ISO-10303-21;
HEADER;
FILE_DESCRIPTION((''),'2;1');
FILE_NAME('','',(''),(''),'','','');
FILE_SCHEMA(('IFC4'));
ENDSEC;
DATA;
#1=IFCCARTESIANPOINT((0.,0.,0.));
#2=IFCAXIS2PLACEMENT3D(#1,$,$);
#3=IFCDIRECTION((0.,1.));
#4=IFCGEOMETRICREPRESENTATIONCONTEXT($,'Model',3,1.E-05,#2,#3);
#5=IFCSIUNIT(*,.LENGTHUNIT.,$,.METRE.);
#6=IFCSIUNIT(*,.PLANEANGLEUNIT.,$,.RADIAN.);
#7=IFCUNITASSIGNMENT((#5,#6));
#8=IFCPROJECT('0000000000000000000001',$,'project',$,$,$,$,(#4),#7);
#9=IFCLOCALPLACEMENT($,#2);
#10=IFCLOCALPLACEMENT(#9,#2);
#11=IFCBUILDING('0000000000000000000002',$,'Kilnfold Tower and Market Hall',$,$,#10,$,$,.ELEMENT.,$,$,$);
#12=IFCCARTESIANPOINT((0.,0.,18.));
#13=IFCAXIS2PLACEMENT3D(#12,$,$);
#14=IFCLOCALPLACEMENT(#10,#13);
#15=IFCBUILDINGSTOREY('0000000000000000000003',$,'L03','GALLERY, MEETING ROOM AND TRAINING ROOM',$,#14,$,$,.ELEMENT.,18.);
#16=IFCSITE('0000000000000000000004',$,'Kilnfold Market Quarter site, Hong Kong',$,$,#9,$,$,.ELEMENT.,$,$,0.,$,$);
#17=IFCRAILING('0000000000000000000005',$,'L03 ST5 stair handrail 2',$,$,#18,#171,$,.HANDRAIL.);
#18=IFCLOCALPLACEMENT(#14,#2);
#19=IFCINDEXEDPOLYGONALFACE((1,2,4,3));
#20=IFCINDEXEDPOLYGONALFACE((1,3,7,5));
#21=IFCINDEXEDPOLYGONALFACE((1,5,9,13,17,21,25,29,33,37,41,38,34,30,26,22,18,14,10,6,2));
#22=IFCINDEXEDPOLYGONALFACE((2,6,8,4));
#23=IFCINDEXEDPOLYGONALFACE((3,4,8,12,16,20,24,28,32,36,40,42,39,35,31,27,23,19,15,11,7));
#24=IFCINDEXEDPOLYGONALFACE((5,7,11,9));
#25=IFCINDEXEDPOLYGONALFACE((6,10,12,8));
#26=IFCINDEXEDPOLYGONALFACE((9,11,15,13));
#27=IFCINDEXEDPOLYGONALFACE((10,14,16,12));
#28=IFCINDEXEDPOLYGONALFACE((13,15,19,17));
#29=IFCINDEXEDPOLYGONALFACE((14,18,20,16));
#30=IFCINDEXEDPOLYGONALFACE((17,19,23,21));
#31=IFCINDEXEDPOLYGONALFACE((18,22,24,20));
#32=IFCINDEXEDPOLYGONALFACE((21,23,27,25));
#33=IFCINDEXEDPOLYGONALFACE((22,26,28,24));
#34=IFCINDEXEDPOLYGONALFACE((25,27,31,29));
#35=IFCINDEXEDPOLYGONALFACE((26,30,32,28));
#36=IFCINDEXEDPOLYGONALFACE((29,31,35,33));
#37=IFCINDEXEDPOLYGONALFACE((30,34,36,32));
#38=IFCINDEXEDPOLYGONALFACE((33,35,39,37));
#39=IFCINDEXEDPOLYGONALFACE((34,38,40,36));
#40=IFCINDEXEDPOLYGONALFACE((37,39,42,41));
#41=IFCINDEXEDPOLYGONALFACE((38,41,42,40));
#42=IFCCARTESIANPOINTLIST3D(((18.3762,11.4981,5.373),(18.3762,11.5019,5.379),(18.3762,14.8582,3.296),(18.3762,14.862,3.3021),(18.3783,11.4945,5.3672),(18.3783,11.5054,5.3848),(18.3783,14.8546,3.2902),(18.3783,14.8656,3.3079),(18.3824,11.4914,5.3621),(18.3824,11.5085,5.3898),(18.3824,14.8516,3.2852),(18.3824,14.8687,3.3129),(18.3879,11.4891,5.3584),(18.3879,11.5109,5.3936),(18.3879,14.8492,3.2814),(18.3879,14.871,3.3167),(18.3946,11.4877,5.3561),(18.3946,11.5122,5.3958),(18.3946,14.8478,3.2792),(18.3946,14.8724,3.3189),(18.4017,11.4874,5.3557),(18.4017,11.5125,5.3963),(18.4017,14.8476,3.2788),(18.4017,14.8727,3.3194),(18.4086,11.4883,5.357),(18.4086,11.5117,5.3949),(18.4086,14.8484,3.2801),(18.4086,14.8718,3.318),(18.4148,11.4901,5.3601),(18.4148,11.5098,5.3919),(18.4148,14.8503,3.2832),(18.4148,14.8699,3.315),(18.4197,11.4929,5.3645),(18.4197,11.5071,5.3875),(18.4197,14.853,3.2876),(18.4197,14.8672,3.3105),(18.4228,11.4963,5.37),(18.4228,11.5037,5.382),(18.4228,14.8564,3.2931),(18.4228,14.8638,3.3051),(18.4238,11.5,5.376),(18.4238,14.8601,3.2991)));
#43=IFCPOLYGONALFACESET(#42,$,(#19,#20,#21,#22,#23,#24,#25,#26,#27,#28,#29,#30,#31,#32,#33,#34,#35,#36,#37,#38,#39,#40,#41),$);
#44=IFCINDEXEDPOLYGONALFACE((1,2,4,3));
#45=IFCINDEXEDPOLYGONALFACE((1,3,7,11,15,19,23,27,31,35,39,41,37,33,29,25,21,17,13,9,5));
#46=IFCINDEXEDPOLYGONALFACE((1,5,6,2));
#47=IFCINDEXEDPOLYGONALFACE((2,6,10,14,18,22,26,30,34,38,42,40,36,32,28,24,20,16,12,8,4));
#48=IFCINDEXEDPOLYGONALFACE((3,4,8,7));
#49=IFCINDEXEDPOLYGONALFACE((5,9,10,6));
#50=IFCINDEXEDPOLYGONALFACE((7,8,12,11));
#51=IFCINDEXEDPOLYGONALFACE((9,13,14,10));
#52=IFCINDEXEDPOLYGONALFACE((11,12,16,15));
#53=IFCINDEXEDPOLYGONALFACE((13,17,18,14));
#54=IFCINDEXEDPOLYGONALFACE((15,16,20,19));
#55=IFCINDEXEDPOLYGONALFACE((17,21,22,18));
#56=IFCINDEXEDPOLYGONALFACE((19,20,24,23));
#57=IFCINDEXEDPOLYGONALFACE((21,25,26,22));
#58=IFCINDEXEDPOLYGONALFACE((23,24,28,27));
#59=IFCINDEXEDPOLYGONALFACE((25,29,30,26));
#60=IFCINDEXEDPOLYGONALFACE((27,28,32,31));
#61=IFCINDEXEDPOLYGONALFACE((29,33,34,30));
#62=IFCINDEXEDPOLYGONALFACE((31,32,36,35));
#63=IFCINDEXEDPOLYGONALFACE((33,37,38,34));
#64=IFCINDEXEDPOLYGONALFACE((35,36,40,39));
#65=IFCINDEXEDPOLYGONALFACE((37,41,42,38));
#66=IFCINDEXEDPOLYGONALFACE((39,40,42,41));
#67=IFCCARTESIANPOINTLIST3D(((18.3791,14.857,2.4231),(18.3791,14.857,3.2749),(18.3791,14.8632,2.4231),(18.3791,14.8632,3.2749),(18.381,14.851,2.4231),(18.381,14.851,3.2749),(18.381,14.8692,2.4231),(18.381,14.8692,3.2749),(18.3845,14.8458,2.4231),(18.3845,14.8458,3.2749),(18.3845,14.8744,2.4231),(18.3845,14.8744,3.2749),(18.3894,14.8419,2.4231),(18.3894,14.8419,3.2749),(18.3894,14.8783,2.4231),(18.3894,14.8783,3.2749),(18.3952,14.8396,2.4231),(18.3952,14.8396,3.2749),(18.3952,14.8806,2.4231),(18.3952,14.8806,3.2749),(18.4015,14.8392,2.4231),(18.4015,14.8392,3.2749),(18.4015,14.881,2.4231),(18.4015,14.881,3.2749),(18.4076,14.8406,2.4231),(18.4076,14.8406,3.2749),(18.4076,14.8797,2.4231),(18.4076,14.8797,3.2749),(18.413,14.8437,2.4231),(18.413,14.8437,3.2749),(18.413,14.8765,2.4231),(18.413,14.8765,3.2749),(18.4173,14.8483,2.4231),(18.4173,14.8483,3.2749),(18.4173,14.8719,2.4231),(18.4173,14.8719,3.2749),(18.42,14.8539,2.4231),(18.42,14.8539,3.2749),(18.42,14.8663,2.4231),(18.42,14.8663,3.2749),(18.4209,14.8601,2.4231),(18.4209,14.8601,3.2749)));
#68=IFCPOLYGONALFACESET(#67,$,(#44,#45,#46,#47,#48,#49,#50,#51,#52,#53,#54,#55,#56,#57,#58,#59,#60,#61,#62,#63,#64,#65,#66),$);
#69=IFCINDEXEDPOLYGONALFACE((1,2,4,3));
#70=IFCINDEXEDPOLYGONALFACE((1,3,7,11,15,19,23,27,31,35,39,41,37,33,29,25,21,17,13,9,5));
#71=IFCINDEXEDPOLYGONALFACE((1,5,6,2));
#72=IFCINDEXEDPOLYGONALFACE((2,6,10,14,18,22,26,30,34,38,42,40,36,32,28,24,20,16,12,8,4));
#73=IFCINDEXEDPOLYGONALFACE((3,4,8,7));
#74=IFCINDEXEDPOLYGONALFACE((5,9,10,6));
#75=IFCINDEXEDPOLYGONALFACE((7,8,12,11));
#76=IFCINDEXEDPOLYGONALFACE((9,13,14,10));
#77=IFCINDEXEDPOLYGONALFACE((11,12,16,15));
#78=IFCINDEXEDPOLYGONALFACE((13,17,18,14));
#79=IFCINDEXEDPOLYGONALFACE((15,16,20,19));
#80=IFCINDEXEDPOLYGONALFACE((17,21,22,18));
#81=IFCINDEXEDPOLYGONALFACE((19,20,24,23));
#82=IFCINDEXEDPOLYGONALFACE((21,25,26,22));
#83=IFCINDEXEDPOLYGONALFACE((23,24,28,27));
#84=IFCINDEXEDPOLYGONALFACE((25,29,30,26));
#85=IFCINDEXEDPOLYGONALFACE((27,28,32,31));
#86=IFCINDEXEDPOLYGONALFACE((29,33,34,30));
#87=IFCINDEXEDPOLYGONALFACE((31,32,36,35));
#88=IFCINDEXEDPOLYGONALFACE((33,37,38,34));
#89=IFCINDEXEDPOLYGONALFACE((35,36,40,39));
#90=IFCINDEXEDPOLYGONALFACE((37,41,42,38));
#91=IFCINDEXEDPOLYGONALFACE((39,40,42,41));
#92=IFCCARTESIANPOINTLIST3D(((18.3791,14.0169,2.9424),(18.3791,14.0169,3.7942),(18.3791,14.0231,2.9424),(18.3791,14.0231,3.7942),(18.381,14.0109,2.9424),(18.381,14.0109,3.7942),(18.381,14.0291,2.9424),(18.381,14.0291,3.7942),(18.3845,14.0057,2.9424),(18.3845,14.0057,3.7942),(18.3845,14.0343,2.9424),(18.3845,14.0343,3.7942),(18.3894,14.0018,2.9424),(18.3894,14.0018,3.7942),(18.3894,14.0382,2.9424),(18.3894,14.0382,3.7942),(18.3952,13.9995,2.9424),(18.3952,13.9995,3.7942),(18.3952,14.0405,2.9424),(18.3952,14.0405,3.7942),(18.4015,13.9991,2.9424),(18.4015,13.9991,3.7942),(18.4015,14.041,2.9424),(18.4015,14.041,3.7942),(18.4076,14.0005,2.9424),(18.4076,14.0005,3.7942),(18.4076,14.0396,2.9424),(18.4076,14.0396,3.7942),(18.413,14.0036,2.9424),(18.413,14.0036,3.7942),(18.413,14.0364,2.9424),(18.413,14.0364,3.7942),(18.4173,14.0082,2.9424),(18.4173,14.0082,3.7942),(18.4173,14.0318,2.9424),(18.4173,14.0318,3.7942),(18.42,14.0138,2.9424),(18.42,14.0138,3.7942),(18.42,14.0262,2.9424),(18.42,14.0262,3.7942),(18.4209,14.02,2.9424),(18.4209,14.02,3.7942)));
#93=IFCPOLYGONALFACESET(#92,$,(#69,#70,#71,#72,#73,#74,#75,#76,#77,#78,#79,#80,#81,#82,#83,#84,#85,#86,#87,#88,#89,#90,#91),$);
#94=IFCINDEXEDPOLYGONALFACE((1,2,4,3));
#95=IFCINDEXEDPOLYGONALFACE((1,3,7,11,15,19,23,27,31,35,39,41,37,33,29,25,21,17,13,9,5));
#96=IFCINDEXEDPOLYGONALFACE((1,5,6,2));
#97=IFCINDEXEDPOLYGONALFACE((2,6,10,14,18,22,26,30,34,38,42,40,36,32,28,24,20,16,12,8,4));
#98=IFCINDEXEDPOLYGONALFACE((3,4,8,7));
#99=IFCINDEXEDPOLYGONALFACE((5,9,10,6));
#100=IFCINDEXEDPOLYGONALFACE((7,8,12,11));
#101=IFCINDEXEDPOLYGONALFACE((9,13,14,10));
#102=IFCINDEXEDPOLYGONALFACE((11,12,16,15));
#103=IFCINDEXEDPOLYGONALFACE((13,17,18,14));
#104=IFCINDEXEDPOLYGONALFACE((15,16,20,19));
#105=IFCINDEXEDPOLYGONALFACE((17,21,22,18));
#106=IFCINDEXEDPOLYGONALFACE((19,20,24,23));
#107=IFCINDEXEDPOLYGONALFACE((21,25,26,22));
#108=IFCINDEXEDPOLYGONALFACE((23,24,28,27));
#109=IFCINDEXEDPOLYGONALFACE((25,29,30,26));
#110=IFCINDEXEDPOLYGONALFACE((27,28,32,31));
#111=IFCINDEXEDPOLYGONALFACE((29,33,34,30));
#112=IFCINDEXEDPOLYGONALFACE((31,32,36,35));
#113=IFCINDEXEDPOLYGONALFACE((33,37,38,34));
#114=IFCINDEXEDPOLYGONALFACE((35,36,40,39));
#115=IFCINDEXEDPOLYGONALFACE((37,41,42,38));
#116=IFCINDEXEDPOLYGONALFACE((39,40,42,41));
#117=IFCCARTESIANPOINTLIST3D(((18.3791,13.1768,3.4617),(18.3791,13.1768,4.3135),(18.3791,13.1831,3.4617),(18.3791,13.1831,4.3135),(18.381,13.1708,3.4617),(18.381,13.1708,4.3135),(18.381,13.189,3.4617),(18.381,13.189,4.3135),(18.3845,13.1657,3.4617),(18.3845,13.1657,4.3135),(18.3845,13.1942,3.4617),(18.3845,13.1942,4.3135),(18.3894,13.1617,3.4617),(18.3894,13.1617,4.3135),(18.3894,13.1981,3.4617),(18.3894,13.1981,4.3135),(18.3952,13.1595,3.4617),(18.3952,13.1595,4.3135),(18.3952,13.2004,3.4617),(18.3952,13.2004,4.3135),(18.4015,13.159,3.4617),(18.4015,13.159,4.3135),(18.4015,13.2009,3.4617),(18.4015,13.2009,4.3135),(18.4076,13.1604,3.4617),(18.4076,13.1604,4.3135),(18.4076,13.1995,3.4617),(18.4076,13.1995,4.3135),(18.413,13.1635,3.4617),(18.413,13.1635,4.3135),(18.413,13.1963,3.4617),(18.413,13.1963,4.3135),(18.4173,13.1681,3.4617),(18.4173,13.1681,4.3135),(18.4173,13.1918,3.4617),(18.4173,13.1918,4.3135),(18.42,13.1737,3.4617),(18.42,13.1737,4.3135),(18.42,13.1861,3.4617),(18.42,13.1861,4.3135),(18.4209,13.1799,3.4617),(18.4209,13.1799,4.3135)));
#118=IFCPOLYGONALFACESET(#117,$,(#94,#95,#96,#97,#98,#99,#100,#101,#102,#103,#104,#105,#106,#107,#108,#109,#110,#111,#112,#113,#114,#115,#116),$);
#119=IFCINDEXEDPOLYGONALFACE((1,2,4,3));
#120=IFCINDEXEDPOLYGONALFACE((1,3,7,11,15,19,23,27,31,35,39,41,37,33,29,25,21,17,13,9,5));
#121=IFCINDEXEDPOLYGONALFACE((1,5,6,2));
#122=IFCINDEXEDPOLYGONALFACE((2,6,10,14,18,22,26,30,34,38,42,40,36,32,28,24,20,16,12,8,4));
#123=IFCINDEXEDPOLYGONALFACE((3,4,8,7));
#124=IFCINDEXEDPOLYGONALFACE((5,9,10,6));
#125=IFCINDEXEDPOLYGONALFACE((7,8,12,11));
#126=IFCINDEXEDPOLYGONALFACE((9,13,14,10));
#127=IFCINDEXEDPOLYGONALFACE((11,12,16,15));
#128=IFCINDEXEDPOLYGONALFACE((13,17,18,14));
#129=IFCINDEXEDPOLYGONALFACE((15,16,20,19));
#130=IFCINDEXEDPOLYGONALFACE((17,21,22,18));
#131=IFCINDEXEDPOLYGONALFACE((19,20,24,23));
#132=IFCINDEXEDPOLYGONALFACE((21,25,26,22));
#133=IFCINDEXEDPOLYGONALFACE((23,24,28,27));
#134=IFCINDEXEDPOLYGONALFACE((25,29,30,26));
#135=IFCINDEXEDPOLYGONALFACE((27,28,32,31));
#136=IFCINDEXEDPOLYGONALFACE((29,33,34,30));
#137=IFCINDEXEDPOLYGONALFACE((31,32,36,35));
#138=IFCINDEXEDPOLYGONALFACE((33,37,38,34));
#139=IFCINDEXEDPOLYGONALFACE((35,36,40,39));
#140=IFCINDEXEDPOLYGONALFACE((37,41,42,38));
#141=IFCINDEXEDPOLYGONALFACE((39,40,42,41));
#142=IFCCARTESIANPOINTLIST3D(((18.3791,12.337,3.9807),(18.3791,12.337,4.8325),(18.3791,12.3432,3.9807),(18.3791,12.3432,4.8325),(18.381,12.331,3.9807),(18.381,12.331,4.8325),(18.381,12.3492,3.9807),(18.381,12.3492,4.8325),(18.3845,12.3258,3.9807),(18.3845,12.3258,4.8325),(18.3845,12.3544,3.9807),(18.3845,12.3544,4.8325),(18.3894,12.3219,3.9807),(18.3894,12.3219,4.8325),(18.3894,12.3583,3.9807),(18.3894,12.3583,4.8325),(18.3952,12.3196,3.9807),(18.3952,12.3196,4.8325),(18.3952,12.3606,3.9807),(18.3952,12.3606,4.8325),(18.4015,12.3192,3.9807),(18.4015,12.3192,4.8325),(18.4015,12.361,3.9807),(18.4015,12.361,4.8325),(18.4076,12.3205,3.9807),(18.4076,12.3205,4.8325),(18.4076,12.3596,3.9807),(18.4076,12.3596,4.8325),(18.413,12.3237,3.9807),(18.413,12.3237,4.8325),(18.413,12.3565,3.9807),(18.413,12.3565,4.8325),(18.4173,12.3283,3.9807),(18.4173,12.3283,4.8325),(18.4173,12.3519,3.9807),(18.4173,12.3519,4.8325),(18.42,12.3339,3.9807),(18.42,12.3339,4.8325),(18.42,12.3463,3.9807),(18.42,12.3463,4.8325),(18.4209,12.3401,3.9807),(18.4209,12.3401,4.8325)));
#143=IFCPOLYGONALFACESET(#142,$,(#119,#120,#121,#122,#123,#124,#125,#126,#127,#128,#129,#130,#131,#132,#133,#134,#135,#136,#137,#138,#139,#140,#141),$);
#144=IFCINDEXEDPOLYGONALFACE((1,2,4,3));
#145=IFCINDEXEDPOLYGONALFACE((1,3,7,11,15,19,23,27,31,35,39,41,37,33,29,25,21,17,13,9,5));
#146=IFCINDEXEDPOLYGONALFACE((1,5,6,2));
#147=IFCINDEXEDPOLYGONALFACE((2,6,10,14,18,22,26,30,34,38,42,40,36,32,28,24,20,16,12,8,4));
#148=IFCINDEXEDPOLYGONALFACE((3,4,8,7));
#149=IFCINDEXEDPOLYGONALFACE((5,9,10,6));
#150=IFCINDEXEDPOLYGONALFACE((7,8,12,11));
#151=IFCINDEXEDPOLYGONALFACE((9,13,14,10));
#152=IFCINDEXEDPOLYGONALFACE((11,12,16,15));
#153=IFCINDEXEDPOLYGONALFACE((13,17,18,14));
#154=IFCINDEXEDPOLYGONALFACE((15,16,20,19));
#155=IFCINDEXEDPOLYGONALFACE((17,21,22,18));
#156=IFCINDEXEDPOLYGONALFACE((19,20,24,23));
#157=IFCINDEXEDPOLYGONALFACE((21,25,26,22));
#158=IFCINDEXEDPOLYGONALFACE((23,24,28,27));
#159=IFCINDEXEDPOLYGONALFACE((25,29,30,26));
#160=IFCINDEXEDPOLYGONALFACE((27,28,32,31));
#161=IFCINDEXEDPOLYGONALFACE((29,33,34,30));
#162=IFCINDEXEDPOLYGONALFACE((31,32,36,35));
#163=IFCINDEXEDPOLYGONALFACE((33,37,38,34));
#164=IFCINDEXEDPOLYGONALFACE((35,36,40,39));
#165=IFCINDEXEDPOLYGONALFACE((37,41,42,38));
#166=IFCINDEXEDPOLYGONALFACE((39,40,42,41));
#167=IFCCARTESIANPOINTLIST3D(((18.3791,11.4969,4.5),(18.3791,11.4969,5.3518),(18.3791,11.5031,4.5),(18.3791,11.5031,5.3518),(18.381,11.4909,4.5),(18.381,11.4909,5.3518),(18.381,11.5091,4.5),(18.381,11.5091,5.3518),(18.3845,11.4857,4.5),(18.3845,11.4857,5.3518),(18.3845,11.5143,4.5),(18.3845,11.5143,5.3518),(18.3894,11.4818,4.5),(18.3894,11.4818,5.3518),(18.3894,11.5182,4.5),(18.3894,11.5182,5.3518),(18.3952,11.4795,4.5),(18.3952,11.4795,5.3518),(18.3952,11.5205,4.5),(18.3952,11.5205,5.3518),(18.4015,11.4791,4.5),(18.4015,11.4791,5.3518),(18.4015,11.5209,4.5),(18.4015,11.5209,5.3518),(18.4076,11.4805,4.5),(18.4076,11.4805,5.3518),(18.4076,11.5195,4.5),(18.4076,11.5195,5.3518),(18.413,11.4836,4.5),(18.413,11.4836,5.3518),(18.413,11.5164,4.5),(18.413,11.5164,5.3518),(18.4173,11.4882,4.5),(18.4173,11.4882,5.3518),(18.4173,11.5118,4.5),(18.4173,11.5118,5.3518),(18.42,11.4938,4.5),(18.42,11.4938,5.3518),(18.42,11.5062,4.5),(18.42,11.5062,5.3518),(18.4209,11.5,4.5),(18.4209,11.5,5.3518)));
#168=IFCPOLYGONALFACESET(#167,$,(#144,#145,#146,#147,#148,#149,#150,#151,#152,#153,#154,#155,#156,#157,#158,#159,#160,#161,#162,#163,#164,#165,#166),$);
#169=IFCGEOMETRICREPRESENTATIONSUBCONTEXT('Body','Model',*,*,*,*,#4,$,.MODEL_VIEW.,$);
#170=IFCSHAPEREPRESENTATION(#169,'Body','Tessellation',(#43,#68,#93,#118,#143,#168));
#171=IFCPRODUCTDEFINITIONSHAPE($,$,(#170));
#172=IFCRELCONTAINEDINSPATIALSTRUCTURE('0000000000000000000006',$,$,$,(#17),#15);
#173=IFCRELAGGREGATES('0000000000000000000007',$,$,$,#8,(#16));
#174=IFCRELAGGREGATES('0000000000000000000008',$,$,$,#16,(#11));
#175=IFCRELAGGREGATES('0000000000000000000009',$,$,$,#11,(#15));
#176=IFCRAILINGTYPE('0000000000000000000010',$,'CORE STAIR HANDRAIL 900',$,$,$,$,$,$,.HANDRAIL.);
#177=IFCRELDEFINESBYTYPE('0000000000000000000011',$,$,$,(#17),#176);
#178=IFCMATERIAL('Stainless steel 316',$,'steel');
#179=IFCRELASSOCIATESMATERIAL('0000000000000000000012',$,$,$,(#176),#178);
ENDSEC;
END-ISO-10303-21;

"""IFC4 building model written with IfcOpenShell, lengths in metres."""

from ifc_helpers import new_model, si_unit, direction, frame, origin, origin_2d, place, context, subcontext, project, spatial, circle, extrude, material, type_object, element, save


model = new_model("IFC4")

# Units and contexts
model_context = context("Model", 3, precision=1e-05, world=origin(), true_north=direction((0.0, 1.0)))
body_context = subcontext(model_context, "Body", "Model", "MODEL_VIEW")
ifc_project = project(units=[si_unit("LENGTHUNIT", "METRE"), si_unit("PLANEANGLEUNIT", "RADIAN")], contexts=[model_context])

# Site, building, storey
site_placement = place(None, origin())
site = spatial("IfcSite", under=ifc_project, at=site_placement, Name="Kilnfold Market Quarter site, Hong Kong", CompositionType="ELEMENT", RefElevation=0.0)
building_placement = place(site_placement, origin())
building = spatial("IfcBuilding", under=site, at=building_placement, Name="Kilnfold Tower and Market Hall", CompositionType="ELEMENT")
storey_placement = place(building_placement, frame((0.0, 0.0, 18.0)))
storey = spatial("IfcBuildingStorey", under=building, at=storey_placement, Name="L03", Description="GALLERY, MEETING ROOM AND TRAINING ROOM", CompositionType="ELEMENT", Elevation=18.0)

# Railing
ifc_material_1 = material(Name="Stainless steel 316", Category="steel")
railing_type_1 = type_object("IfcRailingType", Name="CORE STAIR HANDRAIL 900", PredefinedType="HANDRAIL", material=ifc_material_1)
railing_1_placement = place(storey_placement, frame((18.3999, 14.8601, 2.4231)))
element("IfcRailing", 1, at=railing_1_placement, inside=storey, type_object=railing_type_1, Name="L03 ST5 stair handrail 2", PredefinedType="HANDRAIL", context=body_context, shape_type="SweptSolid", body=[
    extrude(circle(Radius=0.0239, at=origin_2d()), frame((0.0, 0.0, 0.876), z_axis=(0.0, -0.850623, 0.525776), x_axis=(1.0, 0.0, 0.0)), (0.0, 0.0, 1.0), 3.9502),
    extrude(circle(Radius=0.021, at=origin_2d()), origin(), (0.0, 0.0, 1.0), 0.8518),
    extrude(circle(Radius=0.021, at=origin_2d()), frame((0.0, -0.8401, 0.5193)), (0.0, 0.0, 1.0), 0.8518),
    extrude(circle(Radius=0.021, at=origin_2d()), frame((0.0, -1.6802, 1.0386)), (0.0, 0.0, 1.0), 0.8518),
    extrude(circle(Radius=0.021, at=origin_2d()), frame((0.0, -2.52, 1.5576)), (0.0, 0.0, 1.0), 0.8518),
    extrude(circle(Radius=0.021, at=origin_2d()), frame((0.0, -3.3601, 2.0769)), (0.0, 0.0, 1.0), 0.8518),
])

save(model, "model.ifc")
